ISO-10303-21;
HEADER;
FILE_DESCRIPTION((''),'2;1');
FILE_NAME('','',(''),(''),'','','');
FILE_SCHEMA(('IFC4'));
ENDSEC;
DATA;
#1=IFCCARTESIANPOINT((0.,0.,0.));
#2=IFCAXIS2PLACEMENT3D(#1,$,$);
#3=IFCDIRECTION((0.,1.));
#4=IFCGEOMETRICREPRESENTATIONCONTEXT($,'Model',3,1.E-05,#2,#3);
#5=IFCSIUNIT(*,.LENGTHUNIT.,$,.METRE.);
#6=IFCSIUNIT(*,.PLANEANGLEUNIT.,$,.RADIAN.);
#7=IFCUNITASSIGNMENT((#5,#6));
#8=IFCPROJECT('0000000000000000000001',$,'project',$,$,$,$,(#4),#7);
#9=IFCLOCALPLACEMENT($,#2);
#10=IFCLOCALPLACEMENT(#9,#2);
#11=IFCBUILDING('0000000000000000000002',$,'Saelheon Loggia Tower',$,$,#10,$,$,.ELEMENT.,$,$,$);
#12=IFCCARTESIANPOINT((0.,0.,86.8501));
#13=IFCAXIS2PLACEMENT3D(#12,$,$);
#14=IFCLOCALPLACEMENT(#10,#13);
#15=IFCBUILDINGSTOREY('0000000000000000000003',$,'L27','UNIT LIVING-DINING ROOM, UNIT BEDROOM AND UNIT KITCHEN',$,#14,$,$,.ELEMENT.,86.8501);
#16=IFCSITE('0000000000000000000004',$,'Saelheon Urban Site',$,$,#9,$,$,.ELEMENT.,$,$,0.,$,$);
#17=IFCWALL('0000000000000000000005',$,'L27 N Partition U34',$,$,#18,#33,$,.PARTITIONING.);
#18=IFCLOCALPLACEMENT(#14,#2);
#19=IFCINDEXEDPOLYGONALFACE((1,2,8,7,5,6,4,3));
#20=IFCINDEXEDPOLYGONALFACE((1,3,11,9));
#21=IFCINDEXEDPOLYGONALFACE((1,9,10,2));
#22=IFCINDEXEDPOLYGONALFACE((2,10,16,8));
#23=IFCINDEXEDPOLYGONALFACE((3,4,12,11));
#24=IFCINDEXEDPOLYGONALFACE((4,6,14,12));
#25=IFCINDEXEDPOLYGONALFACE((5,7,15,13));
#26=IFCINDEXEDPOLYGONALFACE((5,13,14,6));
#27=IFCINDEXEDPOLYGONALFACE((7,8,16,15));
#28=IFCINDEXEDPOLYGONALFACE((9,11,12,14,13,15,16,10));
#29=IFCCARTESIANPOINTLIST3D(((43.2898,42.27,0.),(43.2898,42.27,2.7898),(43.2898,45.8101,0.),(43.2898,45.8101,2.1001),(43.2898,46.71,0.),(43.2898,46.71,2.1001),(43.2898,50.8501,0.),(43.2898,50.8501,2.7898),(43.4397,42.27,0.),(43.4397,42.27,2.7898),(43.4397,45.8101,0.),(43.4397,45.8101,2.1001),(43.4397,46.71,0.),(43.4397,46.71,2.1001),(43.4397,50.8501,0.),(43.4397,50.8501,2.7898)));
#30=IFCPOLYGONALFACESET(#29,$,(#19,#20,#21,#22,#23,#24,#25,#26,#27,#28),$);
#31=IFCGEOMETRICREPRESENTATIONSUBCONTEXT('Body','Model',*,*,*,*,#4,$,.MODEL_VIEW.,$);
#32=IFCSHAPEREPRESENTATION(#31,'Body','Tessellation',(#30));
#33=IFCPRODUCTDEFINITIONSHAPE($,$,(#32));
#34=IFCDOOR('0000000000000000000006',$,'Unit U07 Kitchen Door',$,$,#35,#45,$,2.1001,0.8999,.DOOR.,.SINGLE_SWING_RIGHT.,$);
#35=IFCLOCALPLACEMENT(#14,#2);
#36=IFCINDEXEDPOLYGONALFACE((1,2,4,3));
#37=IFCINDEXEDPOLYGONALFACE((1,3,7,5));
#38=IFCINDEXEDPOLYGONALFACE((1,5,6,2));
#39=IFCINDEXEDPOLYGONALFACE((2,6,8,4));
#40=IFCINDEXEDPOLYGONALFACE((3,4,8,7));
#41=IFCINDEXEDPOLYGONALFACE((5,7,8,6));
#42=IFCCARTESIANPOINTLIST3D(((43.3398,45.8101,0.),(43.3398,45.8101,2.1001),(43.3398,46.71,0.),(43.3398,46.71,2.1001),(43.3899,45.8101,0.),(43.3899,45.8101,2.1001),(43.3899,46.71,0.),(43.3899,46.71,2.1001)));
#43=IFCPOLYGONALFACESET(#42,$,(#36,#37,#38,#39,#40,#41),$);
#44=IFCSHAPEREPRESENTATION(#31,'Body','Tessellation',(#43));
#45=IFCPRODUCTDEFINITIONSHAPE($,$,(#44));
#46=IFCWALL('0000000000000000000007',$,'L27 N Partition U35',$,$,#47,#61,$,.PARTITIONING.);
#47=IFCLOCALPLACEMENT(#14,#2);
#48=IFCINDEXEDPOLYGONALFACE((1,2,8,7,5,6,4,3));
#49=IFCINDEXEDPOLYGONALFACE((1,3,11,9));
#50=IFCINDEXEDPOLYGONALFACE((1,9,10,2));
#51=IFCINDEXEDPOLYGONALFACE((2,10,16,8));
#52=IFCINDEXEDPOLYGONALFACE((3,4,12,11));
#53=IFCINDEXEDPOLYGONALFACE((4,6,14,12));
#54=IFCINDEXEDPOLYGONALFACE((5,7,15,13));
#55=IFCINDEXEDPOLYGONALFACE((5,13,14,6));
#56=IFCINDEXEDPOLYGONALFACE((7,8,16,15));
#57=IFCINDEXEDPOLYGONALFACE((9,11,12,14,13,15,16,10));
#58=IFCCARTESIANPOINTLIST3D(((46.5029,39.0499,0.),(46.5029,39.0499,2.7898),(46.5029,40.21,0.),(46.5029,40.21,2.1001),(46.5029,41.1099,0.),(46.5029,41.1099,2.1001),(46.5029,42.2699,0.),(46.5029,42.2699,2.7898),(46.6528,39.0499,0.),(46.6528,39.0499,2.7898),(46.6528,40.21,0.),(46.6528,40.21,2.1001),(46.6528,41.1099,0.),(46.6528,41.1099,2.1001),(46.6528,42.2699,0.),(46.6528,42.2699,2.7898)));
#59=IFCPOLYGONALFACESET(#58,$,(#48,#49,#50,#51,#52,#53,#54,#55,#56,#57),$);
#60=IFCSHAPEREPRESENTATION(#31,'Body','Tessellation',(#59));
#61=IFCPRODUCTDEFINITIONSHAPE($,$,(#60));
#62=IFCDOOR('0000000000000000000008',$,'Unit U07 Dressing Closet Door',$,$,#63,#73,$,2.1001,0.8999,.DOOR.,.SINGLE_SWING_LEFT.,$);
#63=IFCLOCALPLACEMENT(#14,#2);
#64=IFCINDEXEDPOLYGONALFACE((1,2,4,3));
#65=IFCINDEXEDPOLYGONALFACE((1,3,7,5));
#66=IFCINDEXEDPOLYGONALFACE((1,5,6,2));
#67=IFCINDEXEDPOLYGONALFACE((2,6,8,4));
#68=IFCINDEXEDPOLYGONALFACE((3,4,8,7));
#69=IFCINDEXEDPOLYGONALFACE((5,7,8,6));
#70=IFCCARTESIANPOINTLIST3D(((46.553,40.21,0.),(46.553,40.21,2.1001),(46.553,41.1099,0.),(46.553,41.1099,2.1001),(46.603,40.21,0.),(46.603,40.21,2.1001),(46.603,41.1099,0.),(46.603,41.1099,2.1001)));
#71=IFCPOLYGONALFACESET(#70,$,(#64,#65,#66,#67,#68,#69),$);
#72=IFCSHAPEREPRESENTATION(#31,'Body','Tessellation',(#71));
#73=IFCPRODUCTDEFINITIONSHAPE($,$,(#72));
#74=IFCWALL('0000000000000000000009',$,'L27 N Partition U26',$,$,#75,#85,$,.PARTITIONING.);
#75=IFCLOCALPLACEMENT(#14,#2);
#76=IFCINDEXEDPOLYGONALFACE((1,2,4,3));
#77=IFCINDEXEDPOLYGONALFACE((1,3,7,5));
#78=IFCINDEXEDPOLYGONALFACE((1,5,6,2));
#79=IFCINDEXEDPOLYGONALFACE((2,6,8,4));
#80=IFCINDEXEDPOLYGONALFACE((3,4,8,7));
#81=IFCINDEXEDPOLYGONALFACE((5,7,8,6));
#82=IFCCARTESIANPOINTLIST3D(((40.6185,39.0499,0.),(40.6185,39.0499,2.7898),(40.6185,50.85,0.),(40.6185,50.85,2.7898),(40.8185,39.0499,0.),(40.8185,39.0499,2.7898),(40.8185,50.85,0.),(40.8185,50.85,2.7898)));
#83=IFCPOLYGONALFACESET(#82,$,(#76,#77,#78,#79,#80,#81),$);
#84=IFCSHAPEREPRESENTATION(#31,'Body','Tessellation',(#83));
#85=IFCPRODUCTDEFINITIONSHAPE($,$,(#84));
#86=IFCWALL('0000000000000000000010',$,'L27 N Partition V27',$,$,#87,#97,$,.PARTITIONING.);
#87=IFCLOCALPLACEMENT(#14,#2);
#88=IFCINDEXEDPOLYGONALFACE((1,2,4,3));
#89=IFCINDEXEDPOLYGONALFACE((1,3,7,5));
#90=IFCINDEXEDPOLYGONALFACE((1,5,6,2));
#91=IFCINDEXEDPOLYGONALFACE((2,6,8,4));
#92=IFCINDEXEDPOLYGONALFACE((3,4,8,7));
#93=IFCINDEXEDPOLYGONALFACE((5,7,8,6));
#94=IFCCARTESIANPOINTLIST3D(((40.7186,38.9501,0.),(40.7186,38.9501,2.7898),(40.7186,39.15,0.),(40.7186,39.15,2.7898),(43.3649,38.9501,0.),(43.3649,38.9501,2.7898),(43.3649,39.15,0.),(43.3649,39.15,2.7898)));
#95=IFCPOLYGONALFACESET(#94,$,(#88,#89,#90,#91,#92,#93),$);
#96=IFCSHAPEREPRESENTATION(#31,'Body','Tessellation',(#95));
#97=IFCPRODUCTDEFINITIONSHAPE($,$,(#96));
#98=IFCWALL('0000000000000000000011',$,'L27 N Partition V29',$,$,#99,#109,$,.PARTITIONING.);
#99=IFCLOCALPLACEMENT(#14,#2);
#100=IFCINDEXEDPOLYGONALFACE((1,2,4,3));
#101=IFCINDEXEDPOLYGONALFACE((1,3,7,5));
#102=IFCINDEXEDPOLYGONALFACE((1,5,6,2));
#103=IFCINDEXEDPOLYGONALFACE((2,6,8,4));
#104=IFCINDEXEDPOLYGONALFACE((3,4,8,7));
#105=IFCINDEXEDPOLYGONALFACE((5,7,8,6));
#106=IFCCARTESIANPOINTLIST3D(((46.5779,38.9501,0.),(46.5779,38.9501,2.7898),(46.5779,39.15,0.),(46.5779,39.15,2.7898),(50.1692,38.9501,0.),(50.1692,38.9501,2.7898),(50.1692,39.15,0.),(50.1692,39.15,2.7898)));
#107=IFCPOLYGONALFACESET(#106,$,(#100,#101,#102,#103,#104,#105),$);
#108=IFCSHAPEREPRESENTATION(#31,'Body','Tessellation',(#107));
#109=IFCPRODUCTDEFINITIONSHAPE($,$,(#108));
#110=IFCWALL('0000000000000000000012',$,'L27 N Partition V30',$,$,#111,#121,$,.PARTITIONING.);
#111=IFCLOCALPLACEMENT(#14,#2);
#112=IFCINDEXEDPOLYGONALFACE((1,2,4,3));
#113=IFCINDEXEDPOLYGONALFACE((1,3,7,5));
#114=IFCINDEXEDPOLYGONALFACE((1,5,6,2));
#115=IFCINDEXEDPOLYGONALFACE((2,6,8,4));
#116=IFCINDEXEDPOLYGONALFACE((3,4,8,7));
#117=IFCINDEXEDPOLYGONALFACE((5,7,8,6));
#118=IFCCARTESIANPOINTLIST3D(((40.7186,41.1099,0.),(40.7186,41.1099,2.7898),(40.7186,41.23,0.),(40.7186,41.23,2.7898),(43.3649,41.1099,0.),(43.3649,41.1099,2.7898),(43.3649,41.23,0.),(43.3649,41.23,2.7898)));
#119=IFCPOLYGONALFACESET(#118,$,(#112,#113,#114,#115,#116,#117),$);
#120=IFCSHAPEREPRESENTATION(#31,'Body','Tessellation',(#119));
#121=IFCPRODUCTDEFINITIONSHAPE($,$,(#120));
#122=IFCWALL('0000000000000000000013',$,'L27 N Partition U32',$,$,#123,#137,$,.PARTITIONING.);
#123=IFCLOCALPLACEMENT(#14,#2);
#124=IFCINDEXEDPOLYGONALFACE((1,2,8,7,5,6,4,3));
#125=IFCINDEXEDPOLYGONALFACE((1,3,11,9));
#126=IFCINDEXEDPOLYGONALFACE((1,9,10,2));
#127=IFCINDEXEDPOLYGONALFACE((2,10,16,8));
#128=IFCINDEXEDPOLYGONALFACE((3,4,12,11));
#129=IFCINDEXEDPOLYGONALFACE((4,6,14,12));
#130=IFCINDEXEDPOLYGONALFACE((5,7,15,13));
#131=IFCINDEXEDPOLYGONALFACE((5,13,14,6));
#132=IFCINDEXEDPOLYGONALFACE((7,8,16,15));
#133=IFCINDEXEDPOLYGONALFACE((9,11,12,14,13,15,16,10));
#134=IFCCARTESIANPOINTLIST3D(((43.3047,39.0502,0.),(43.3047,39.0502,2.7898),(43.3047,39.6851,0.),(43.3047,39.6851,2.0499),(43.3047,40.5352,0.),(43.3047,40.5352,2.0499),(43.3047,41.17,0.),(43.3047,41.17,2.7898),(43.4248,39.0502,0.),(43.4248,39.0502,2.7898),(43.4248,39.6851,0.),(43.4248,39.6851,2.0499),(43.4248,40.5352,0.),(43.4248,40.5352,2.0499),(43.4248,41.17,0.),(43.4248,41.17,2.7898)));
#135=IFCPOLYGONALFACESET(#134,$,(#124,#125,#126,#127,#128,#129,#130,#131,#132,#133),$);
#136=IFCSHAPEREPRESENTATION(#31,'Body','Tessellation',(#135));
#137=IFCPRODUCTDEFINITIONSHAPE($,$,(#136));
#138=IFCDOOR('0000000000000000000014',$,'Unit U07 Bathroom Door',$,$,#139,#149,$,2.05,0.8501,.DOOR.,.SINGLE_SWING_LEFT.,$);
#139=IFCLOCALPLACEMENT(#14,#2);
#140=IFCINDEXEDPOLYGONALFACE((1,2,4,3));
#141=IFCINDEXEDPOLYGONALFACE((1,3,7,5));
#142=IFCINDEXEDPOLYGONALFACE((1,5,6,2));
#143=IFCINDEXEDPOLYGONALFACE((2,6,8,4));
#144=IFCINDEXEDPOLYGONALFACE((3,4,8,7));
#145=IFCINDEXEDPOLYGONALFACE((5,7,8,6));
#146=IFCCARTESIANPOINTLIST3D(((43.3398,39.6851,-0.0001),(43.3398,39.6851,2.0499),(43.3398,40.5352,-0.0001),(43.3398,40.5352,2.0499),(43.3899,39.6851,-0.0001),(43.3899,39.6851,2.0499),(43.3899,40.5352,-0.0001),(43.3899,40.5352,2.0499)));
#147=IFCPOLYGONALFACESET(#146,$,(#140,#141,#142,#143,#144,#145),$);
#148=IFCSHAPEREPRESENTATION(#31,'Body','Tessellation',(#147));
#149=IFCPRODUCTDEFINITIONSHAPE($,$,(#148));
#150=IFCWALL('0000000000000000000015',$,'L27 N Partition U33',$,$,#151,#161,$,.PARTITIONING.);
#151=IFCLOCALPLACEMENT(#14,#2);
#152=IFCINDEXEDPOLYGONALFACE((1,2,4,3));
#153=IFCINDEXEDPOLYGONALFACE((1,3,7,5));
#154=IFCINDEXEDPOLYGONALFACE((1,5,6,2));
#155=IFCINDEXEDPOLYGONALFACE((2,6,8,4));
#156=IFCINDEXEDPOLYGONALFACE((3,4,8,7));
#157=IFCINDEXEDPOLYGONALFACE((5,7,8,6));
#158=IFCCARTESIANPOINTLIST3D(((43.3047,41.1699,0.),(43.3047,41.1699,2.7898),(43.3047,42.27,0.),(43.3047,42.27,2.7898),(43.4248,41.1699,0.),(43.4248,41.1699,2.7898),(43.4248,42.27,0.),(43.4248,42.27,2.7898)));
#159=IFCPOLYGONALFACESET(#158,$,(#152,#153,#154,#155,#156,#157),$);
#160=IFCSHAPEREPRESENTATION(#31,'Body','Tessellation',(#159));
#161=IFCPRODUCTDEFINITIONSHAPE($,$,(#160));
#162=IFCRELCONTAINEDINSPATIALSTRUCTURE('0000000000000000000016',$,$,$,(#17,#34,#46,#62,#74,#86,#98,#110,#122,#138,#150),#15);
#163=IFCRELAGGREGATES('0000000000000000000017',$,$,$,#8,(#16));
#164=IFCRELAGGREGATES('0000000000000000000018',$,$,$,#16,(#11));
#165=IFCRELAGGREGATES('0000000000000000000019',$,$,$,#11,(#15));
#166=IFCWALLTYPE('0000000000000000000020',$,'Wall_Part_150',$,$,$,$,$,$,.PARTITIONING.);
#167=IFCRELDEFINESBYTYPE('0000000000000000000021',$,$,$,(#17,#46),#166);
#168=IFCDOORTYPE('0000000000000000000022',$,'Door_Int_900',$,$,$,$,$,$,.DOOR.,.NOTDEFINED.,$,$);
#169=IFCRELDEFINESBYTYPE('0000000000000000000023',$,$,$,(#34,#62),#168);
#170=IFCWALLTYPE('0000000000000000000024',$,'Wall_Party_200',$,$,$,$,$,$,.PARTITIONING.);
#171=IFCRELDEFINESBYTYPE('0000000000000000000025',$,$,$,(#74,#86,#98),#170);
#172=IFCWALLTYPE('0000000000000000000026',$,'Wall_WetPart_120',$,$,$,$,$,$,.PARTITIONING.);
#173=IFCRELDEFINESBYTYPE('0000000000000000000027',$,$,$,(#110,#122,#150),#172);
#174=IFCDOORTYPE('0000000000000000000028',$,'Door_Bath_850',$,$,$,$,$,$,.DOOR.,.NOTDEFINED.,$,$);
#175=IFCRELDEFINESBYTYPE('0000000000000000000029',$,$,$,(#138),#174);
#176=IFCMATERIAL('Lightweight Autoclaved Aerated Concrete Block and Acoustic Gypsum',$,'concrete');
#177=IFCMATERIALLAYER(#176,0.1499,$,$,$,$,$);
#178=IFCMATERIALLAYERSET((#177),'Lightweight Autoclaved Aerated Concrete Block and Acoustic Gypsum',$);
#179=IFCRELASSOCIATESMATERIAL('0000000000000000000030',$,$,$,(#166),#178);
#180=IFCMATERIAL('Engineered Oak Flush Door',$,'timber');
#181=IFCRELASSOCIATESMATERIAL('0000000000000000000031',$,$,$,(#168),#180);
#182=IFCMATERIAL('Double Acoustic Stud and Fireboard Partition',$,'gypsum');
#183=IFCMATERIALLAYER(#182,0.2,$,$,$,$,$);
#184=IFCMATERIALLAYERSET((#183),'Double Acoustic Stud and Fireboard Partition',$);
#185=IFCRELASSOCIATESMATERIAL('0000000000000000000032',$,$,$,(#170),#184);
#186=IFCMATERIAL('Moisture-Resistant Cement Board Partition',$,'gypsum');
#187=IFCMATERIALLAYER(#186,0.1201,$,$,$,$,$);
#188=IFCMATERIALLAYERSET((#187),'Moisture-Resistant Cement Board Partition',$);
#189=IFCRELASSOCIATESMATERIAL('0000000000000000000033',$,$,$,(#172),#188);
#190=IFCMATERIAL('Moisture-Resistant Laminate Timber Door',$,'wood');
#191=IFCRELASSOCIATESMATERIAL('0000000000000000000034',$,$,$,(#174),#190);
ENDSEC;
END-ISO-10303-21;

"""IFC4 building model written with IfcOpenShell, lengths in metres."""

from ifc_helpers import new_model, si_unit, direction, frame, frame_2d, origin, place, context, subcontext, project, spatial, rectangle, extrude, source, transform, mapped, material, layer, layer_set, type_object, element, fill, save


model = new_model("IFC4")

# Units and contexts
model_context = context("Model", 3, precision=1e-05, world=origin(), true_north=direction((0.0, 1.0)))
body_context = subcontext(model_context, "Body", "Model", "MODEL_VIEW")
ifc_project = project(units=[si_unit("LENGTHUNIT", "METRE"), si_unit("PLANEANGLEUNIT", "RADIAN")], contexts=[model_context])

# Site, building, storey
site_placement = place(None, origin())
site = spatial("IfcSite", under=ifc_project, at=site_placement, Name="Saelheon Urban Site", CompositionType="ELEMENT", RefElevation=0.0)
building_placement = place(site_placement, origin())
building = spatial("IfcBuilding", under=site, at=building_placement, Name="Saelheon Loggia Tower", CompositionType="ELEMENT")
storey_placement = place(building_placement, frame((0.0, 0.0, 86.8501)))
storey = spatial("IfcBuildingStorey", under=building, at=storey_placement, Name="L27", Description="UNIT LIVING-DINING ROOM, UNIT BEDROOM AND UNIT KITCHEN", CompositionType="ELEMENT", Elevation=86.8501)

# Shared definitions
ifc_material_1 = material(Name="Lightweight Autoclaved Aerated Concrete Block and Acoustic Gypsum", Category="concrete")
ifc_layer_1 = layer(ifc_material_1, 0.1499)
ifc_layer_set_1 = layer_set([ifc_layer_1], Name="Lightweight Autoclaved Aerated Concrete Block and Acoustic Gypsum")
wall_type_1 = type_object("IfcWallType", Name="Wall_Part_150", PredefinedType="PARTITIONING", material=ifc_layer_set_1)

# Shared definitions
ifc_material_2 = material(Name="Engineered Oak Flush Door", Category="timber")
door_type_1 = type_object("IfcDoorType", Name="Door_Int_900", OperationType="NOTDEFINED", PredefinedType="DOOR", material=ifc_material_2)
shared_shape_1 = source(origin(), body_context, "Body", "SweptSolid", [
    extrude(rectangle(XDim=0.8999, YDim=2.1001, at=frame_2d((0.45, 1.05))), frame((0.0, 0.0249, 0.0), z_axis=(0.0, -1.0, 0.0), x_axis=(1.0, 0.0, 0.0)), (0.0, 0.0, 1.0), 0.05),
])

# Walls, openings, doors
wall_1_placement = place(storey_placement, frame((43.3647, 42.27, 0.0), z_axis=(0.0, 0.0, 1.0), x_axis=(0.0, 1.0, 0.0)))
wall_1 = element("IfcWall", 1, at=wall_1_placement, inside=storey, type_object=wall_type_1, Name="L27 N Partition U34", PredefinedType="PARTITIONING", context=body_context, shape_type="SweptSolid", body=[
    extrude(rectangle(XDim=8.5801, YDim=0.1499, at=frame_2d((4.29, 0.0))), origin(), (0.0, 0.0, 1.0), 2.7898),
])
opening_1_placement = place(wall_1_placement, frame((3.54, 0.0, 0.0)))
opening_1 = element("IfcOpeningElement", 2, at=opening_1_placement, cuts=wall_1, PredefinedType="OPENING", context=body_context, shape_type="SweptSolid", body=[
    extrude(rectangle(XDim=0.8999, YDim=2.1001, at=frame_2d((0.45, 1.05))), frame((0.0, 0.0869, 0.0), z_axis=(0.0, -1.0, 0.0), x_axis=(1.0, 0.0, 0.0)), (0.0, 0.0, 1.0), 0.1738),
])
door_1_placement = place(opening_1_placement, origin())
door_1 = element("IfcDoor", 3, at=door_1_placement, inside=storey, type_object=door_type_1, Name="Unit U07 Kitchen Door", OperationType="SINGLE_SWING_RIGHT", OverallHeight=2.1001, OverallWidth=0.8999, PredefinedType="DOOR", context=body_context, shape_type="MappedRepresentation", body=[
    mapped(shared_shape_1, transform((0.0, 0.0, 0.0), scale=1.0)),
])
fill(opening_1, door_1)
wall_2_placement = place(storey_placement, frame((46.5779, 39.05, 0.0), z_axis=(0.0, 0.0, 1.0), x_axis=(0.0, 1.0, 0.0)))
wall_2 = element("IfcWall", 4, at=wall_2_placement, inside=storey, type_object=wall_type_1, Name="L27 N Partition U35", PredefinedType="PARTITIONING", context=body_context, shape_type="SweptSolid", body=[
    extrude(rectangle(XDim=3.22, YDim=0.1499, at=frame_2d((1.6099, 0.0))), origin(), (0.0, 0.0, 1.0), 2.7898),
])
opening_2_placement = place(wall_2_placement, frame((1.1599, 0.0, 0.0)))
opening_2 = element("IfcOpeningElement", 5, at=opening_2_placement, cuts=wall_2, PredefinedType="OPENING", context=body_context, shape_type="SweptSolid", body=[
    extrude(rectangle(XDim=0.8999, YDim=2.1001, at=frame_2d((0.45, 1.05))), frame((0.0, 0.0869, 0.0), z_axis=(0.0, -1.0, 0.0), x_axis=(1.0, 0.0, 0.0)), (0.0, 0.0, 1.0), 0.1738),
])
door_2_placement = place(opening_2_placement, origin())
door_2 = element("IfcDoor", 6, at=door_2_placement, inside=storey, type_object=door_type_1, Name="Unit U07 Dressing Closet Door", OperationType="SINGLE_SWING_LEFT", OverallHeight=2.1001, OverallWidth=0.8999, PredefinedType="DOOR", context=body_context, shape_type="MappedRepresentation", body=[
    mapped(shared_shape_1, transform((0.0, 0.0, 0.0), scale=1.0)),
])
fill(opening_2, door_2)

# Walls
ifc_material_3 = material(Name="Double Acoustic Stud and Fireboard Partition", Category="gypsum")
ifc_layer_2 = layer(ifc_material_3, 0.2)
ifc_layer_set_2 = layer_set([ifc_layer_2], Name="Double Acoustic Stud and Fireboard Partition")
wall_type_2 = type_object("IfcWallType", Name="Wall_Party_200", PredefinedType="PARTITIONING", material=ifc_layer_set_2)
wall_3_placement = place(storey_placement, frame((40.7185, 39.05, 0.0), z_axis=(0.0, 0.0, 1.0), x_axis=(0.0, 1.0, 0.0)))
element("IfcWall", 7, at=wall_3_placement, inside=storey, type_object=wall_type_2, Name="L27 N Partition U26", PredefinedType="PARTITIONING", context=body_context, shape_type="SweptSolid", body=[
    extrude(rectangle(XDim=11.8, YDim=0.2, at=frame_2d((5.8999, 0.0))), origin(), (0.0, 0.0, 1.0), 2.7898),
])
wall_4_placement = place(storey_placement, frame((40.7185, 39.05, 0.0), z_axis=(0.0, 0.0, 1.0), x_axis=(1.0, 0.0, 0.0)))
element("IfcWall", 8, at=wall_4_placement, inside=storey, type_object=wall_type_2, Name="L27 N Partition V27", PredefinedType="PARTITIONING", context=body_context, shape_type="SweptSolid", body=[
    extrude(rectangle(XDim=2.6462, YDim=0.2, at=frame_2d((1.3232, 0.0))), origin(), (0.0, 0.0, 1.0), 2.7898),
])

# Walls
wall_5_placement = place(storey_placement, frame((46.5779, 39.05, 0.0), z_axis=(0.0, 0.0, 1.0), x_axis=(1.0, 0.0, 0.0)))
element("IfcWall", 9, at=wall_5_placement, inside=storey, type_object=wall_type_2, Name="L27 N Partition V29", PredefinedType="PARTITIONING", context=body_context, shape_type="SweptSolid", body=[
    extrude(rectangle(XDim=3.5913, YDim=0.2, at=frame_2d((1.7957, 0.0))), origin(), (0.0, 0.0, 1.0), 2.7898),
])
ifc_material_4 = material(Name="Moisture-Resistant Cement Board Partition", Category="gypsum")
ifc_layer_3 = layer(ifc_material_4, 0.1201)
ifc_layer_set_3 = layer_set([ifc_layer_3], Name="Moisture-Resistant Cement Board Partition")
wall_type_3 = type_object("IfcWallType", Name="Wall_WetPart_120", PredefinedType="PARTITIONING", material=ifc_layer_set_3)
wall_6_placement = place(storey_placement, frame((40.7185, 41.1699, 0.0), z_axis=(0.0, 0.0, 1.0), x_axis=(1.0, 0.0, 0.0)))
element("IfcWall", 10, at=wall_6_placement, inside=storey, type_object=wall_type_3, Name="L27 N Partition V30", PredefinedType="PARTITIONING", context=body_context, shape_type="SweptSolid", body=[
    extrude(rectangle(XDim=2.6462, YDim=0.1201, at=frame_2d((1.3232, 0.0))), origin(), (0.0, 0.0, 1.0), 2.7898),
])

# Wall, opening, door
wall_7_placement = place(storey_placement, frame((43.3647, 39.05, 0.0), z_axis=(0.0, 0.0, 1.0), x_axis=(0.0, 1.0, 0.0)))
wall_7 = element("IfcWall", 11, at=wall_7_placement, inside=storey, type_object=wall_type_3, Name="L27 N Partition U32", PredefinedType="PARTITIONING", context=body_context, shape_type="SweptSolid", body=[
    extrude(rectangle(XDim=2.1199, YDim=0.1201, at=frame_2d((1.0601, 0.0))), origin(), (0.0, 0.0, 1.0), 2.7898),
])
opening_3_placement = place(wall_7_placement, frame((0.635, 0.0, 0.0)))
opening_3 = element("IfcOpeningElement", 12, at=opening_3_placement, cuts=wall_7, PredefinedType="OPENING", context=body_context, shape_type="SweptSolid", body=[
    extrude(rectangle(XDim=0.8501, YDim=2.05, at=frame_2d((0.425, 1.0249))), frame((0.0, 0.072, 0.0), z_axis=(0.0, -1.0, 0.0), x_axis=(1.0, 0.0, 0.0)), (0.0, 0.0, 1.0), 0.144),
])
ifc_material_5 = material(Name="Moisture-Resistant Laminate Timber Door", Category="wood")
door_type_2 = type_object("IfcDoorType", Name="Door_Bath_850", OperationType="NOTDEFINED", PredefinedType="DOOR", material=ifc_material_5)
shared_shape_2 = source(origin(), body_context, "Body", "SweptSolid", [
    extrude(rectangle(XDim=0.8501, YDim=2.05, at=frame_2d((0.425, 1.0249))), frame((0.0, 0.0249, 0.0), z_axis=(0.0, -1.0, 0.0), x_axis=(1.0, 0.0, 0.0)), (0.0, 0.0, 1.0), 0.05),
])
door_3_placement = place(opening_3_placement, origin())
door_3 = element("IfcDoor", 13, at=door_3_placement, inside=storey, type_object=door_type_2, Name="Unit U07 Bathroom Door", OperationType="SINGLE_SWING_LEFT", OverallHeight=2.05, OverallWidth=0.8501, PredefinedType="DOOR", context=body_context, shape_type="MappedRepresentation", body=[
    mapped(shared_shape_2, transform((0.0, 0.0, 0.0), scale=1.0)),
])
fill(opening_3, door_3)

# Wall
wall_8_placement = place(storey_placement, frame((43.3647, 41.1699, 0.0), z_axis=(0.0, 0.0, 1.0), x_axis=(0.0, 1.0, 0.0)))
element("IfcWall", 14, at=wall_8_placement, inside=storey, type_object=wall_type_3, Name="L27 N Partition U33", PredefinedType="PARTITIONING", context=body_context, shape_type="SweptSolid", body=[
    extrude(rectangle(XDim=1.1001, YDim=0.1201, at=frame_2d((0.55, 0.0))), origin(), (0.0, 0.0, 1.0), 2.7898),
])

save(model, "model.ifc")
